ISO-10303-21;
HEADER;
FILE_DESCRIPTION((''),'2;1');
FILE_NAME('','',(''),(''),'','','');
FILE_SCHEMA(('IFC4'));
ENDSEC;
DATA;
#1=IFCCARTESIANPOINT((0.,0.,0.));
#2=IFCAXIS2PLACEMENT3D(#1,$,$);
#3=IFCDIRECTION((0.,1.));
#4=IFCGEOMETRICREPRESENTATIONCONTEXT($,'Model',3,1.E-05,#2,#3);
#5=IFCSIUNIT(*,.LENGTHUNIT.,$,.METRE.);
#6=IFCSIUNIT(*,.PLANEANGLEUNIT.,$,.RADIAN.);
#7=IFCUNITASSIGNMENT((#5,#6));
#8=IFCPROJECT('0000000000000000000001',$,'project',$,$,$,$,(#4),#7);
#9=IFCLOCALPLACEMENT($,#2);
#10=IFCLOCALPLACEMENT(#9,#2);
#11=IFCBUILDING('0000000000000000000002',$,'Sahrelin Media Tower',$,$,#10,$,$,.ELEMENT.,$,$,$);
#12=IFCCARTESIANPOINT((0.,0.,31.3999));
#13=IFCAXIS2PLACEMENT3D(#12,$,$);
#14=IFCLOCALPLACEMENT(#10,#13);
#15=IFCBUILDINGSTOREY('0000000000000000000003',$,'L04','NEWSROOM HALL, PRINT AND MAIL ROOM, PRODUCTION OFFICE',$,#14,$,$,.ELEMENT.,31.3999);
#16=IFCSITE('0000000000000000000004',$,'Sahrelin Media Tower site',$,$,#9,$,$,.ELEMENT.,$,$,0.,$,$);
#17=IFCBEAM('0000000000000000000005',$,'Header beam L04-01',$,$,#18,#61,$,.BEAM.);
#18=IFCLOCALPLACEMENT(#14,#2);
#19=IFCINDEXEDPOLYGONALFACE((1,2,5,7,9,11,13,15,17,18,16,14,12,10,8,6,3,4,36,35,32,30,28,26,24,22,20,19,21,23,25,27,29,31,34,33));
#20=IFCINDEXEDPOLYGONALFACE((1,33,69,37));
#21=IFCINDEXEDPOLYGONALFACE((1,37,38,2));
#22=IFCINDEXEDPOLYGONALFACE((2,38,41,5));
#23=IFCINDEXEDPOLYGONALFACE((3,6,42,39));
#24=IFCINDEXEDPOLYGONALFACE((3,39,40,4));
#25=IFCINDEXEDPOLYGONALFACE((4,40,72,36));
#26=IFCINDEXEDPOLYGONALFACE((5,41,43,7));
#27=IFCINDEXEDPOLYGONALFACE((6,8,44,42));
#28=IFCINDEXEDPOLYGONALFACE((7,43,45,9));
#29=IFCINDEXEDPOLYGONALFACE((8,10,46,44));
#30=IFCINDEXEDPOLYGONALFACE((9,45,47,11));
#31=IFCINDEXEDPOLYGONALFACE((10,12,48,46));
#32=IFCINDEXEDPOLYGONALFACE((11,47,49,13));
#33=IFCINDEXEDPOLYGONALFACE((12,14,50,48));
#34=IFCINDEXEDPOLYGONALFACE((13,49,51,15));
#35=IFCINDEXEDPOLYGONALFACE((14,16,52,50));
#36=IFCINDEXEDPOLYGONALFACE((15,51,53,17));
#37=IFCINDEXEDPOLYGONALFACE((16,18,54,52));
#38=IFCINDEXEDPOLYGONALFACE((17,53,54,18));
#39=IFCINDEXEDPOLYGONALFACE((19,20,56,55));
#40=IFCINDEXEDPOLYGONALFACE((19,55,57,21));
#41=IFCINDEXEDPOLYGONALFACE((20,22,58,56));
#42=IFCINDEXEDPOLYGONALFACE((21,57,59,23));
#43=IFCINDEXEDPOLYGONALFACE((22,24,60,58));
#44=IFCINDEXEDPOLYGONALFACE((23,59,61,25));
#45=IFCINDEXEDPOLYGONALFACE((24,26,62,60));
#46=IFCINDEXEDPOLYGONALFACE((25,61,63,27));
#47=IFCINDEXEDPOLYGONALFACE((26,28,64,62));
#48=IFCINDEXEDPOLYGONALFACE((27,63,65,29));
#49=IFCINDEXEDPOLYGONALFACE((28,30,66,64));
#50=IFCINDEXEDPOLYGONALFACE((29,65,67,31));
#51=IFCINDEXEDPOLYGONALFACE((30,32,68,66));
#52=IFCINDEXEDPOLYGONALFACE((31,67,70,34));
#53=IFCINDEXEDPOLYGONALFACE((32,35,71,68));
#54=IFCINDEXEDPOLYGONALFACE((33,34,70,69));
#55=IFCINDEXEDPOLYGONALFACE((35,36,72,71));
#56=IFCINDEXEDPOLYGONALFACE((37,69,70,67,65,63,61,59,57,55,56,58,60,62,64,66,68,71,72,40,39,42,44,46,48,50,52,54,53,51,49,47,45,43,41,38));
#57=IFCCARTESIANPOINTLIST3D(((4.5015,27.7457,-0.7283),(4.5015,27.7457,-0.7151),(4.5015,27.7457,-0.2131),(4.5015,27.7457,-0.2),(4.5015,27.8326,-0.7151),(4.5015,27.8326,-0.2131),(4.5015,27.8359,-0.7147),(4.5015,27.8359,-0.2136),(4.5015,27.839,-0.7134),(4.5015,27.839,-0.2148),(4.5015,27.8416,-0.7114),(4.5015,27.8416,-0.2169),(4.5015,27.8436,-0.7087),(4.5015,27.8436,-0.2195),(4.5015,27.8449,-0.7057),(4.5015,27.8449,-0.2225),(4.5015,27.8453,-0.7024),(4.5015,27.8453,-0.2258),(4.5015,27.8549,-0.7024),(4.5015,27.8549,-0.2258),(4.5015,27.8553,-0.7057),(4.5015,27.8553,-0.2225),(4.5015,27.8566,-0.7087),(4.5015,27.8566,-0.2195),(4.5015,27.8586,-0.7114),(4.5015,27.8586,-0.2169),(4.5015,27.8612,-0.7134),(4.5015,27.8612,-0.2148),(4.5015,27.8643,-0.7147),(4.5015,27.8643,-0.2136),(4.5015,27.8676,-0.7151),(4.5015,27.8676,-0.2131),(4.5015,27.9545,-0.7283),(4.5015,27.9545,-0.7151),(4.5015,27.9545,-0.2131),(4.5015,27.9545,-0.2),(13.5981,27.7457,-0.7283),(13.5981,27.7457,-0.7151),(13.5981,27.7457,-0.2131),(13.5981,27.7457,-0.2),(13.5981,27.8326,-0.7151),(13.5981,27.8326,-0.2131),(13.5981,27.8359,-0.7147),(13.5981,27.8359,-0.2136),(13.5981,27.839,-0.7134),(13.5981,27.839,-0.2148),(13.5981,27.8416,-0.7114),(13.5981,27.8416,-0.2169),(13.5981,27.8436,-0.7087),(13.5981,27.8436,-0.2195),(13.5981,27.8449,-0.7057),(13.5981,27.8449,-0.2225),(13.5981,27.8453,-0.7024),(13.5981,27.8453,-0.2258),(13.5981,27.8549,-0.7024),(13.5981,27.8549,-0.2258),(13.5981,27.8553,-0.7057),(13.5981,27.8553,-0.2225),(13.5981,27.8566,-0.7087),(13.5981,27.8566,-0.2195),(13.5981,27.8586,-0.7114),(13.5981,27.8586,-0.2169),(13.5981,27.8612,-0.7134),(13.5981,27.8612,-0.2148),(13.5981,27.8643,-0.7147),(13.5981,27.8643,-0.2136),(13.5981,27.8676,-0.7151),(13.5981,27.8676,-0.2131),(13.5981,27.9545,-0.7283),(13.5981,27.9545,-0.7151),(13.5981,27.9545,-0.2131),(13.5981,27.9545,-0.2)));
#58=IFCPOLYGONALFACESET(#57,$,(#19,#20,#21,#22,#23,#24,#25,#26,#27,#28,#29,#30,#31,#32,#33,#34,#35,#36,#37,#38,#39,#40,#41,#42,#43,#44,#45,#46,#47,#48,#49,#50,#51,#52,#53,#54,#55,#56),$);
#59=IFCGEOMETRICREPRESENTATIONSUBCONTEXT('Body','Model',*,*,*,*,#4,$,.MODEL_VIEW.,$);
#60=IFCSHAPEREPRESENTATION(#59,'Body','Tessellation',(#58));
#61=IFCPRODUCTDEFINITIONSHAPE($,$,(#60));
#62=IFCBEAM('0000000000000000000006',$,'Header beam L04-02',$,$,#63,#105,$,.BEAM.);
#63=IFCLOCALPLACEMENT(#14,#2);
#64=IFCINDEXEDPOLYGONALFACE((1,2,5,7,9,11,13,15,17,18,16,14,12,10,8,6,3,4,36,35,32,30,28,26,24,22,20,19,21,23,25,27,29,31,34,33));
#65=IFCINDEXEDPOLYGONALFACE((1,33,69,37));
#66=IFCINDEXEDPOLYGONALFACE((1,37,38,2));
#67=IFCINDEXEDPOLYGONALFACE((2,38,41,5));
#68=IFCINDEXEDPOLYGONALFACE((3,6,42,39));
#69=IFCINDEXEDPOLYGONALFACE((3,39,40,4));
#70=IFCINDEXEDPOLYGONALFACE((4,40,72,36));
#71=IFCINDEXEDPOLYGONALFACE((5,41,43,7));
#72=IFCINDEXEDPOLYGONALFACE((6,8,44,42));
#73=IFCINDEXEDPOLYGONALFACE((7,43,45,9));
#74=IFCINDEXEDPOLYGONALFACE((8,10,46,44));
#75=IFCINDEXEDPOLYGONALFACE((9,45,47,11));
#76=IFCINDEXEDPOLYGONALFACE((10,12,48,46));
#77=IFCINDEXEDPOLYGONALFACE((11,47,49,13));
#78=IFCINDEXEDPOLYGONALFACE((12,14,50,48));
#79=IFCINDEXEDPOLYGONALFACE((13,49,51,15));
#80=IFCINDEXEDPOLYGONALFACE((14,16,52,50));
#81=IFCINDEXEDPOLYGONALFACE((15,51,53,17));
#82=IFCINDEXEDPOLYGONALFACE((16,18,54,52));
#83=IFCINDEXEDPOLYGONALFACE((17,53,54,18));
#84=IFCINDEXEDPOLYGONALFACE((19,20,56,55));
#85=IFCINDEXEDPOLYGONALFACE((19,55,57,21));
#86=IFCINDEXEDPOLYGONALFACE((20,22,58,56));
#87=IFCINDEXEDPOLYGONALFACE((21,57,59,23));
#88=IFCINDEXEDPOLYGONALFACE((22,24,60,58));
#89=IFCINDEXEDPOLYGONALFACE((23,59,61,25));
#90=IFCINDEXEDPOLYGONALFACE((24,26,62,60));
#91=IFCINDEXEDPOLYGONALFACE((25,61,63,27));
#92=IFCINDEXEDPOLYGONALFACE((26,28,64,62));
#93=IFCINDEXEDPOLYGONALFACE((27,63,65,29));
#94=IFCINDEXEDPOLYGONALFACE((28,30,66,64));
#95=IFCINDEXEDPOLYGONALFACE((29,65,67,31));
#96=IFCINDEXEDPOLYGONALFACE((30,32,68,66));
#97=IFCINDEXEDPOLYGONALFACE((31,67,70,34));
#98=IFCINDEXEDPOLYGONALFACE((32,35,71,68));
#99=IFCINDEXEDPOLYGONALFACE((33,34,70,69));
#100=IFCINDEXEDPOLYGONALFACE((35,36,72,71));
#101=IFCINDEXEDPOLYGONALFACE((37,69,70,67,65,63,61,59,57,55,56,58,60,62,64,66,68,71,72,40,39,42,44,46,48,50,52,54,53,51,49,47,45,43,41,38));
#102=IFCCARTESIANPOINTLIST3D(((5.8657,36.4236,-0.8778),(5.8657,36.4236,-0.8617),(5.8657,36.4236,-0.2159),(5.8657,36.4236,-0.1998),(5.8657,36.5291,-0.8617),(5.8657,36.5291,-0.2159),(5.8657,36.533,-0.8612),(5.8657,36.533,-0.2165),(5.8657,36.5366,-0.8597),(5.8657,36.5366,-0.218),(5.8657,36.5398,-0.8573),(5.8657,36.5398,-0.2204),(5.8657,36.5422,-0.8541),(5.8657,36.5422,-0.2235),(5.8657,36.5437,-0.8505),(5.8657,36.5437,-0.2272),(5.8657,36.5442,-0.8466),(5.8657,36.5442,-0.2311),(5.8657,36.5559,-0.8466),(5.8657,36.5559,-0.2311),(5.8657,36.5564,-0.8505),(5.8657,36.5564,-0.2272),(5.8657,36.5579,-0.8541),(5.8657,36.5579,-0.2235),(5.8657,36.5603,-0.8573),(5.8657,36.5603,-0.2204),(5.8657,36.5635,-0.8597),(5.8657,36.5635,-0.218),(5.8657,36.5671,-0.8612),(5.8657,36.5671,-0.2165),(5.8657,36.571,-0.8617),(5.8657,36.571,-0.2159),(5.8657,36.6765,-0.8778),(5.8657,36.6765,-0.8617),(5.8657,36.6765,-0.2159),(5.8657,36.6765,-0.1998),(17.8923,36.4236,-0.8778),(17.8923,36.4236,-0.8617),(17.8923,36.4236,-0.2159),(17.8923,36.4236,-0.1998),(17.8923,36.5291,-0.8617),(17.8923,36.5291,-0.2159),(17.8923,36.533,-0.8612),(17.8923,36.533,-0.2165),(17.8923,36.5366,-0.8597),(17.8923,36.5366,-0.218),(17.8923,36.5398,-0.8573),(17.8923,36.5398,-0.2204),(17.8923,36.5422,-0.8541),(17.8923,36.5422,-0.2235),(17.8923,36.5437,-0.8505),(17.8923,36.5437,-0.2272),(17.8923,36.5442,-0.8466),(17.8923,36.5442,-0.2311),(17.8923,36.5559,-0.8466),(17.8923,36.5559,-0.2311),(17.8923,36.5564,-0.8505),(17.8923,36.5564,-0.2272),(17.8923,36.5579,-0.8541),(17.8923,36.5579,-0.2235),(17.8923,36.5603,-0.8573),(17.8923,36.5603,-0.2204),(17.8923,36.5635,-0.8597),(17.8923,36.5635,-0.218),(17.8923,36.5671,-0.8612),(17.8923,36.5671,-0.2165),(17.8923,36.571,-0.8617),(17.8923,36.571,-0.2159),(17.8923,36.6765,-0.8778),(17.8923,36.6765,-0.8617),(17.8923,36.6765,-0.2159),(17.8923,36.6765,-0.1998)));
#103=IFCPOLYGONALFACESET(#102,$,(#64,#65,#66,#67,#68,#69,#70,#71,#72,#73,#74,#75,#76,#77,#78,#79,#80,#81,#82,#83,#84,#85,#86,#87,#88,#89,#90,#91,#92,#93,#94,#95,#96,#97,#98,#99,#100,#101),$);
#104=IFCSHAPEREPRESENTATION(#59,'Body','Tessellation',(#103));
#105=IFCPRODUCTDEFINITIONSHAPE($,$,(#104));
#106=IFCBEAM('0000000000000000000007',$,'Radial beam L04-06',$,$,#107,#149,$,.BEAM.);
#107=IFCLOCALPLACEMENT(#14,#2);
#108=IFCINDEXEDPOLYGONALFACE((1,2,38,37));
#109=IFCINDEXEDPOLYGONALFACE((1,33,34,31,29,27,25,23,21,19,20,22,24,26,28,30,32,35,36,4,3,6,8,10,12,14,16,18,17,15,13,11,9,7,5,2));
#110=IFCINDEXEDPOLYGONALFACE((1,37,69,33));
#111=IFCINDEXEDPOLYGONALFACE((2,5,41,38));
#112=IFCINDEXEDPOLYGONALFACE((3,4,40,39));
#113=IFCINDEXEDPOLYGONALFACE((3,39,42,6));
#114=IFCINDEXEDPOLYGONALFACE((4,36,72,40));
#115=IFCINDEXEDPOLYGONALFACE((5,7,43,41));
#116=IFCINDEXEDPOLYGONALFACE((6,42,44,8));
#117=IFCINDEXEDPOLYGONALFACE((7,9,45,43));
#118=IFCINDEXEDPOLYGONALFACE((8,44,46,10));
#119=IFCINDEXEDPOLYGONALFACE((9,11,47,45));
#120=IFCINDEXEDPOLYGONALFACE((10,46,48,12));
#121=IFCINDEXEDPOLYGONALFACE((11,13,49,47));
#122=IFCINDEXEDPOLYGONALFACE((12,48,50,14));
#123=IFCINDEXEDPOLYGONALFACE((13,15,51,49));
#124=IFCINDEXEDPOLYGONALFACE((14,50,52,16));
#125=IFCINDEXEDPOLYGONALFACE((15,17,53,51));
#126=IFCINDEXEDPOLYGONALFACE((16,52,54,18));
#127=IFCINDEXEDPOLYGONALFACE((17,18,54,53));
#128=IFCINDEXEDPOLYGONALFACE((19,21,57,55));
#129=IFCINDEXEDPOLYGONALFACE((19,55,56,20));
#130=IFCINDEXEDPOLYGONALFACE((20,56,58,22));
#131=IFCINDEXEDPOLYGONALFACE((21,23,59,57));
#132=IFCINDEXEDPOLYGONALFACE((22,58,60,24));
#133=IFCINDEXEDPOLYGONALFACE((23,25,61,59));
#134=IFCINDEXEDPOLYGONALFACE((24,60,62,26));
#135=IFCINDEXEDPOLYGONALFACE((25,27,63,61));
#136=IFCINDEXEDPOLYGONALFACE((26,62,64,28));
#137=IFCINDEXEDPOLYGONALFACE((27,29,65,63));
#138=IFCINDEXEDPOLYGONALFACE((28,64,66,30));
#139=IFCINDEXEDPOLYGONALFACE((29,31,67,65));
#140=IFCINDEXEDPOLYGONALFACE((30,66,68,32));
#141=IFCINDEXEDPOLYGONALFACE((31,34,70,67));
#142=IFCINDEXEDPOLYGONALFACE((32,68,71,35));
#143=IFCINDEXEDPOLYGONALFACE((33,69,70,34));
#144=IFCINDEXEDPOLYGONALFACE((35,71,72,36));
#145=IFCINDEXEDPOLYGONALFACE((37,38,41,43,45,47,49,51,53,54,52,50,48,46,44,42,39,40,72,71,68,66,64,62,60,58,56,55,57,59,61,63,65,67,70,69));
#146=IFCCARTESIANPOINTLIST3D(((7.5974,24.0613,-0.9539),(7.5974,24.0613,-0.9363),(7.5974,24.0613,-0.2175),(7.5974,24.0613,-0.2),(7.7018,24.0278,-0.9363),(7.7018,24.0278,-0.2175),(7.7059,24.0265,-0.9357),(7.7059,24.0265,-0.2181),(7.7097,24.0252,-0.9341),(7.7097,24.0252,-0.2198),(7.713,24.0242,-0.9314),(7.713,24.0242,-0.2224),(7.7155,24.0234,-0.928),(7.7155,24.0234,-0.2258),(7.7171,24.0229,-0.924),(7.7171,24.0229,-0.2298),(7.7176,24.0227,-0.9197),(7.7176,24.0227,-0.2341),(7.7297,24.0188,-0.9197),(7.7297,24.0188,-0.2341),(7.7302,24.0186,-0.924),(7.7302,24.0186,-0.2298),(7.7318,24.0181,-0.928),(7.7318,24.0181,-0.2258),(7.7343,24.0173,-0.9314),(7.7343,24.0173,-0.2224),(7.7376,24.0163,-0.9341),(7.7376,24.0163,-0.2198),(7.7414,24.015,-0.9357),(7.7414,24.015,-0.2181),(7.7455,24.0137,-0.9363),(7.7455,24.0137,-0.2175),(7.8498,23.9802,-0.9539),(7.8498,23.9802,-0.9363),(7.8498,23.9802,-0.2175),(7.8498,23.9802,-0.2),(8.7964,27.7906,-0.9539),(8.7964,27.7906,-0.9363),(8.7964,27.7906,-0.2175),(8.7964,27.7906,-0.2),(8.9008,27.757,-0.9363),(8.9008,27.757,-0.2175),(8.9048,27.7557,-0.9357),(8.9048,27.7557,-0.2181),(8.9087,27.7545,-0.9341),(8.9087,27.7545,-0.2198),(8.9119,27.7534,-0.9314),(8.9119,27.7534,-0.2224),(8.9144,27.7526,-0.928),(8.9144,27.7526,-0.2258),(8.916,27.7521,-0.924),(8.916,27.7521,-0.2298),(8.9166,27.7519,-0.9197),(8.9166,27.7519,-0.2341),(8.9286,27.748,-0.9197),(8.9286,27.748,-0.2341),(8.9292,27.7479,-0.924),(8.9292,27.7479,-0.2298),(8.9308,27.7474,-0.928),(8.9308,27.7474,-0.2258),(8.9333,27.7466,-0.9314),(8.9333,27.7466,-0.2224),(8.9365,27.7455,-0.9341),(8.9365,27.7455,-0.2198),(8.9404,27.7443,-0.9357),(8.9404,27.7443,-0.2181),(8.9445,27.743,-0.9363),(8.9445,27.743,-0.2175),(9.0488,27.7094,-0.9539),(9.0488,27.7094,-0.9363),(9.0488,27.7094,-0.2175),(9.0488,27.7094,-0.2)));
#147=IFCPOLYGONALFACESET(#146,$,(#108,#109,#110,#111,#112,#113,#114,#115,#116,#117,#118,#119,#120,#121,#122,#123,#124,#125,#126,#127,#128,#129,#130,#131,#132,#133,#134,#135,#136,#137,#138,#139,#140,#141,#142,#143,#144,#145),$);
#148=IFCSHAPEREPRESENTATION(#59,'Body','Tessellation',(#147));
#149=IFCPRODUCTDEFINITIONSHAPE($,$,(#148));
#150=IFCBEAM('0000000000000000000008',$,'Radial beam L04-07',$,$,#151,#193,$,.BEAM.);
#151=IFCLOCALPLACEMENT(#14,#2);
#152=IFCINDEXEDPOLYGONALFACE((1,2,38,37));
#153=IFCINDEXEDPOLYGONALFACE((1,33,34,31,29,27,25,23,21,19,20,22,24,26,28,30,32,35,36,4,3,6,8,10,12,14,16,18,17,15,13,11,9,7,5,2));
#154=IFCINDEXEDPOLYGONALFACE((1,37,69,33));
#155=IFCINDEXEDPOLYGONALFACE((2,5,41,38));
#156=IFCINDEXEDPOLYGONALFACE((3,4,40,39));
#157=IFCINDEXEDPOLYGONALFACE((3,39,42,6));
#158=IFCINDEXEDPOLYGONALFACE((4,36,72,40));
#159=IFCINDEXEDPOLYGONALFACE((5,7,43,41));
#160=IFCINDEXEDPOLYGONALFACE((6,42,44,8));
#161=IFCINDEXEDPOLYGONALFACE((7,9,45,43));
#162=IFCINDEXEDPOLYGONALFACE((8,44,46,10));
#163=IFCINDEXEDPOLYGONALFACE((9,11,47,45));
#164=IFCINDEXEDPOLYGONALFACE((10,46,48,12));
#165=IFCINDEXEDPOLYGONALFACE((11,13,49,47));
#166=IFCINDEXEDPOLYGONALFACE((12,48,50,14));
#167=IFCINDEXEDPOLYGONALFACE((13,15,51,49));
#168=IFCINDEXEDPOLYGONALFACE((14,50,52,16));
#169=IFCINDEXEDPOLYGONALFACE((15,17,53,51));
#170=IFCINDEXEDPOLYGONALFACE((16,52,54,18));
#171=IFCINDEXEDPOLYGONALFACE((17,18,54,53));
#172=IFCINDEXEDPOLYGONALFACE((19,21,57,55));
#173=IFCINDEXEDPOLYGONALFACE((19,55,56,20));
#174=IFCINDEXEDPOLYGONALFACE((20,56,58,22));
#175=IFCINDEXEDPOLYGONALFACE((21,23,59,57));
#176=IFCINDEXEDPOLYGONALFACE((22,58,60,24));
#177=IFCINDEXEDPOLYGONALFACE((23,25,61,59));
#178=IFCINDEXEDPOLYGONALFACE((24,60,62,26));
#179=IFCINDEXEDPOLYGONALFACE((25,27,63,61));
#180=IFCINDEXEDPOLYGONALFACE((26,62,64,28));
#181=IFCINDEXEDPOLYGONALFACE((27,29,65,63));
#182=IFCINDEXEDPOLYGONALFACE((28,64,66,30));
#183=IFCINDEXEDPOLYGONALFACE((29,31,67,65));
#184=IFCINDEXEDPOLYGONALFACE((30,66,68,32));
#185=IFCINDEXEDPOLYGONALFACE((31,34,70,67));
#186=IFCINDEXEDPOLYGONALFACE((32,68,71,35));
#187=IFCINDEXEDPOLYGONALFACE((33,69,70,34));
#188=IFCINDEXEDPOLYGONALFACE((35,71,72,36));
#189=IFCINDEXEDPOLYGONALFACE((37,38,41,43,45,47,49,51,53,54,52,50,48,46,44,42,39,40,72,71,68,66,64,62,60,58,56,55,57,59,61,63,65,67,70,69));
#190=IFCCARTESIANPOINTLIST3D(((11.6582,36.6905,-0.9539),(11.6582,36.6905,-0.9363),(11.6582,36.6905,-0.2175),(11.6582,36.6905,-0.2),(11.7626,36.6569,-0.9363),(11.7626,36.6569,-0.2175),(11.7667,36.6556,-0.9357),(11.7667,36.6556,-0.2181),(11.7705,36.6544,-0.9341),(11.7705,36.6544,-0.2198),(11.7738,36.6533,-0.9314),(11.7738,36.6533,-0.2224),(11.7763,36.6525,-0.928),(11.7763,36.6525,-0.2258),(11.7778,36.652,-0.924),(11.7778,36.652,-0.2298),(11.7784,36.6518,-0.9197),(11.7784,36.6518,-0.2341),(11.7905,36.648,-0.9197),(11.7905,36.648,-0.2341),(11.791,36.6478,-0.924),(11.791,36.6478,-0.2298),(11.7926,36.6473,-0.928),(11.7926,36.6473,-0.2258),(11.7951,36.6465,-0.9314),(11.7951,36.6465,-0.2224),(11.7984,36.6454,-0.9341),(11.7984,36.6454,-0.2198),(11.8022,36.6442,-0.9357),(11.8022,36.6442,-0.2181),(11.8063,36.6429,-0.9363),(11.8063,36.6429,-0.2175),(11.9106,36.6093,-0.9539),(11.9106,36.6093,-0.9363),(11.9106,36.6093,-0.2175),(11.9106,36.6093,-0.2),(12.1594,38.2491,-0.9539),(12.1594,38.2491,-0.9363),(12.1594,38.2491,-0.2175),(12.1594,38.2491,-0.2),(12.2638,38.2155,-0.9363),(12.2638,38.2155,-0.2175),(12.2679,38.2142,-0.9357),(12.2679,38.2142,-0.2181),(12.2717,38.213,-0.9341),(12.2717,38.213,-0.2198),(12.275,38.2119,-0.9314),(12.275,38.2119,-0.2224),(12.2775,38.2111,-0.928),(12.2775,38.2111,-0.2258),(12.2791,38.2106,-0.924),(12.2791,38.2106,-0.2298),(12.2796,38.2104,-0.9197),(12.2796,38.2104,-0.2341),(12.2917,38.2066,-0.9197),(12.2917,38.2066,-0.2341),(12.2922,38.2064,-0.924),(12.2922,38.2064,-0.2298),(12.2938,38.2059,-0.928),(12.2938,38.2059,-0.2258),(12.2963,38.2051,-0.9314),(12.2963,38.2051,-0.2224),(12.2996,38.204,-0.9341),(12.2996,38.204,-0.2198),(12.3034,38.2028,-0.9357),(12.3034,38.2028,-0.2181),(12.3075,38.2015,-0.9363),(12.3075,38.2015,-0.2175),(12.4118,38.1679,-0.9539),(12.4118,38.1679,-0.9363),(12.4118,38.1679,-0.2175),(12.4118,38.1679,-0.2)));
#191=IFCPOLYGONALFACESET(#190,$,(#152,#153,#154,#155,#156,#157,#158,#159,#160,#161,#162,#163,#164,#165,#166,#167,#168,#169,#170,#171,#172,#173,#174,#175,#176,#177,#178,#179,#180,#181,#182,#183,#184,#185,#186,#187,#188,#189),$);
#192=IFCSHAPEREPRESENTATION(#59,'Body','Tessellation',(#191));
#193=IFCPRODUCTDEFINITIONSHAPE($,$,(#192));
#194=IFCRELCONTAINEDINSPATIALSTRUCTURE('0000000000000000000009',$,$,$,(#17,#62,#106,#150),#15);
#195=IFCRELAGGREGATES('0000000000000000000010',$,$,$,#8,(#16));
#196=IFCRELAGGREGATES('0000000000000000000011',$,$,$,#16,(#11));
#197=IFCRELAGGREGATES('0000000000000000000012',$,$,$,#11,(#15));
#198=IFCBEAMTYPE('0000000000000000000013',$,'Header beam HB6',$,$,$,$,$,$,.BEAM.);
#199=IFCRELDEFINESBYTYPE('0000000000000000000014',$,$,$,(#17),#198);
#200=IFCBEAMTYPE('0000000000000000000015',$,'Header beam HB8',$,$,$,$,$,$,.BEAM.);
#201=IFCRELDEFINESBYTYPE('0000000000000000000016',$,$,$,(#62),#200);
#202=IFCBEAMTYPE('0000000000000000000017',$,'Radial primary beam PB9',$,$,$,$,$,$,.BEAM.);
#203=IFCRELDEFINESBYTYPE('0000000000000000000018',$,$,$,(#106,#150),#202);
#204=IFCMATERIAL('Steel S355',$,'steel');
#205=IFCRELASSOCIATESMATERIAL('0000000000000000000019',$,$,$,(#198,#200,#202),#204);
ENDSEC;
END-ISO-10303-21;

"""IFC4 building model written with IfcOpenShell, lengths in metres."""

from ifc_helpers import new_model, si_unit, direction, frame, origin, origin_2d, place, context, subcontext, project, spatial, i_section, extrude, material, material_profile, profile_set, type_object, element, save


model = new_model("IFC4")

# Units and contexts
model_context = context("Model", 3, precision=1e-05, world=origin(), true_north=direction((0.0, 1.0)))
body_context = subcontext(model_context, "Body", "Model", "MODEL_VIEW")
ifc_project = project(units=[si_unit("LENGTHUNIT", "METRE"), si_unit("PLANEANGLEUNIT", "RADIAN")], contexts=[model_context])

# Site, building, storey
site_placement = place(None, origin())
site = spatial("IfcSite", under=ifc_project, at=site_placement, Name="Sahrelin Media Tower site", CompositionType="ELEMENT", RefElevation=0.0)
building_placement = place(site_placement, origin())
building = spatial("IfcBuilding", under=site, at=building_placement, Name="Sahrelin Media Tower", CompositionType="ELEMENT")
storey_placement = place(building_placement, frame((0.0, 0.0, 31.3999)))
storey = spatial("IfcBuildingStorey", under=building, at=storey_placement, Name="L04", Description="NEWSROOM HALL, PRINT AND MAIL ROOM, PRODUCTION OFFICE", CompositionType="ELEMENT", Elevation=31.3999)

# Beams
ifc_material_1 = material(Name="Steel S355", Category="steel")
ifc_material_profile_1 = material_profile(ifc_material_1, i_section(OverallWidth=0.2087, OverallDepth=0.5283, WebThickness=0.0095, FlangeThickness=0.0132, FilletRadius=0.0127, at=origin_2d()), Name="UB 533x210x82")
ifc_profile_set_1 = profile_set([ifc_material_profile_1], Name="Steel S355")
beam_type_1 = type_object("IfcBeamType", Name="Header beam HB6", PredefinedType="BEAM", material=ifc_profile_set_1)
beam_1_placement = place(storey_placement, frame((13.5981, 27.8501, -0.4641), z_axis=(-1.0, 0.0, 0.0), x_axis=(0.0, -1.0, 0.0)))
element("IfcBeam", 1, at=beam_1_placement, inside=storey, type_object=beam_type_1, Name="Header beam L04-01", PredefinedType="BEAM", context=body_context, shape_type="SweptSolid", body=[
    extrude(i_section(OverallWidth=0.2087, OverallDepth=0.5283, WebThickness=0.0095, FlangeThickness=0.0132, FilletRadius=0.0127, at=origin_2d()), origin(), (0.0, 0.0, 1.0), 9.0967),
])
ifc_material_profile_2 = material_profile(ifc_material_1, i_section(OverallWidth=0.2529, OverallDepth=0.678, WebThickness=0.0117, FlangeThickness=0.0161, FilletRadius=0.0151, at=origin_2d()), Name="UB 686x254x125")
ifc_profile_set_2 = profile_set([ifc_material_profile_2], Name="Steel S355")
beam_type_2 = type_object("IfcBeamType", Name="Header beam HB8", PredefinedType="BEAM", material=ifc_profile_set_2)
beam_2_placement = place(storey_placement, frame((5.8657, 36.55, -0.5388), z_axis=(1.0, 0.0, 0.0), x_axis=(0.0, 1.0, 0.0)))
element("IfcBeam", 2, at=beam_2_placement, inside=storey, type_object=beam_type_2, Name="Header beam L04-02", PredefinedType="BEAM", context=body_context, shape_type="SweptSolid", body=[
    extrude(i_section(OverallWidth=0.2529, OverallDepth=0.678, WebThickness=0.0117, FlangeThickness=0.0161, FilletRadius=0.0151, at=origin_2d()), origin(), (0.0, 0.0, 1.0), 12.0266),
])
ifc_material_profile_3 = material_profile(ifc_material_1, i_section(OverallWidth=0.2651, OverallDepth=0.7539, WebThickness=0.0127, FlangeThickness=0.0176, FilletRadius=0.0166, at=origin_2d()), Name="UB 762x267x147")
ifc_profile_set_3 = profile_set([ifc_material_profile_3], Name="Steel S355")
beam_type_3 = type_object("IfcBeamType", Name="Radial primary beam PB9", PredefinedType="BEAM", material=ifc_profile_set_3)
beam_3_placement = place(storey_placement, frame((7.7236, 24.0208, -0.5769), z_axis=(0.306076, 0.952007, 0.0), x_axis=(-0.952007, 0.306076, 0.0)))
element("IfcBeam", 3, at=beam_3_placement, inside=storey, type_object=beam_type_3, Name="Radial beam L04-06", PredefinedType="BEAM", context=body_context, shape_type="SweptSolid", body=[
    extrude(i_section(OverallWidth=0.2651, OverallDepth=0.7539, WebThickness=0.0127, FlangeThickness=0.0176, FilletRadius=0.0166, at=origin_2d()), origin(), (0.0, 0.0, 1.0), 3.9172),
])
beam_4_placement = place(storey_placement, frame((11.7844, 36.6499, -0.5769), z_axis=(0.306144, 0.951985, 0.0), x_axis=(-0.951985, 0.306144, 0.0)))
element("IfcBeam", 4, at=beam_4_placement, inside=storey, type_object=beam_type_3, Name="Radial beam L04-07", PredefinedType="BEAM", context=body_context, shape_type="SweptSolid", body=[
    extrude(i_section(OverallWidth=0.2651, OverallDepth=0.7539, WebThickness=0.0127, FlangeThickness=0.0176, FilletRadius=0.0166, at=origin_2d()), origin(), (0.0, 0.0, 1.0), 1.6372),
])

save(model, "model.ifc")
